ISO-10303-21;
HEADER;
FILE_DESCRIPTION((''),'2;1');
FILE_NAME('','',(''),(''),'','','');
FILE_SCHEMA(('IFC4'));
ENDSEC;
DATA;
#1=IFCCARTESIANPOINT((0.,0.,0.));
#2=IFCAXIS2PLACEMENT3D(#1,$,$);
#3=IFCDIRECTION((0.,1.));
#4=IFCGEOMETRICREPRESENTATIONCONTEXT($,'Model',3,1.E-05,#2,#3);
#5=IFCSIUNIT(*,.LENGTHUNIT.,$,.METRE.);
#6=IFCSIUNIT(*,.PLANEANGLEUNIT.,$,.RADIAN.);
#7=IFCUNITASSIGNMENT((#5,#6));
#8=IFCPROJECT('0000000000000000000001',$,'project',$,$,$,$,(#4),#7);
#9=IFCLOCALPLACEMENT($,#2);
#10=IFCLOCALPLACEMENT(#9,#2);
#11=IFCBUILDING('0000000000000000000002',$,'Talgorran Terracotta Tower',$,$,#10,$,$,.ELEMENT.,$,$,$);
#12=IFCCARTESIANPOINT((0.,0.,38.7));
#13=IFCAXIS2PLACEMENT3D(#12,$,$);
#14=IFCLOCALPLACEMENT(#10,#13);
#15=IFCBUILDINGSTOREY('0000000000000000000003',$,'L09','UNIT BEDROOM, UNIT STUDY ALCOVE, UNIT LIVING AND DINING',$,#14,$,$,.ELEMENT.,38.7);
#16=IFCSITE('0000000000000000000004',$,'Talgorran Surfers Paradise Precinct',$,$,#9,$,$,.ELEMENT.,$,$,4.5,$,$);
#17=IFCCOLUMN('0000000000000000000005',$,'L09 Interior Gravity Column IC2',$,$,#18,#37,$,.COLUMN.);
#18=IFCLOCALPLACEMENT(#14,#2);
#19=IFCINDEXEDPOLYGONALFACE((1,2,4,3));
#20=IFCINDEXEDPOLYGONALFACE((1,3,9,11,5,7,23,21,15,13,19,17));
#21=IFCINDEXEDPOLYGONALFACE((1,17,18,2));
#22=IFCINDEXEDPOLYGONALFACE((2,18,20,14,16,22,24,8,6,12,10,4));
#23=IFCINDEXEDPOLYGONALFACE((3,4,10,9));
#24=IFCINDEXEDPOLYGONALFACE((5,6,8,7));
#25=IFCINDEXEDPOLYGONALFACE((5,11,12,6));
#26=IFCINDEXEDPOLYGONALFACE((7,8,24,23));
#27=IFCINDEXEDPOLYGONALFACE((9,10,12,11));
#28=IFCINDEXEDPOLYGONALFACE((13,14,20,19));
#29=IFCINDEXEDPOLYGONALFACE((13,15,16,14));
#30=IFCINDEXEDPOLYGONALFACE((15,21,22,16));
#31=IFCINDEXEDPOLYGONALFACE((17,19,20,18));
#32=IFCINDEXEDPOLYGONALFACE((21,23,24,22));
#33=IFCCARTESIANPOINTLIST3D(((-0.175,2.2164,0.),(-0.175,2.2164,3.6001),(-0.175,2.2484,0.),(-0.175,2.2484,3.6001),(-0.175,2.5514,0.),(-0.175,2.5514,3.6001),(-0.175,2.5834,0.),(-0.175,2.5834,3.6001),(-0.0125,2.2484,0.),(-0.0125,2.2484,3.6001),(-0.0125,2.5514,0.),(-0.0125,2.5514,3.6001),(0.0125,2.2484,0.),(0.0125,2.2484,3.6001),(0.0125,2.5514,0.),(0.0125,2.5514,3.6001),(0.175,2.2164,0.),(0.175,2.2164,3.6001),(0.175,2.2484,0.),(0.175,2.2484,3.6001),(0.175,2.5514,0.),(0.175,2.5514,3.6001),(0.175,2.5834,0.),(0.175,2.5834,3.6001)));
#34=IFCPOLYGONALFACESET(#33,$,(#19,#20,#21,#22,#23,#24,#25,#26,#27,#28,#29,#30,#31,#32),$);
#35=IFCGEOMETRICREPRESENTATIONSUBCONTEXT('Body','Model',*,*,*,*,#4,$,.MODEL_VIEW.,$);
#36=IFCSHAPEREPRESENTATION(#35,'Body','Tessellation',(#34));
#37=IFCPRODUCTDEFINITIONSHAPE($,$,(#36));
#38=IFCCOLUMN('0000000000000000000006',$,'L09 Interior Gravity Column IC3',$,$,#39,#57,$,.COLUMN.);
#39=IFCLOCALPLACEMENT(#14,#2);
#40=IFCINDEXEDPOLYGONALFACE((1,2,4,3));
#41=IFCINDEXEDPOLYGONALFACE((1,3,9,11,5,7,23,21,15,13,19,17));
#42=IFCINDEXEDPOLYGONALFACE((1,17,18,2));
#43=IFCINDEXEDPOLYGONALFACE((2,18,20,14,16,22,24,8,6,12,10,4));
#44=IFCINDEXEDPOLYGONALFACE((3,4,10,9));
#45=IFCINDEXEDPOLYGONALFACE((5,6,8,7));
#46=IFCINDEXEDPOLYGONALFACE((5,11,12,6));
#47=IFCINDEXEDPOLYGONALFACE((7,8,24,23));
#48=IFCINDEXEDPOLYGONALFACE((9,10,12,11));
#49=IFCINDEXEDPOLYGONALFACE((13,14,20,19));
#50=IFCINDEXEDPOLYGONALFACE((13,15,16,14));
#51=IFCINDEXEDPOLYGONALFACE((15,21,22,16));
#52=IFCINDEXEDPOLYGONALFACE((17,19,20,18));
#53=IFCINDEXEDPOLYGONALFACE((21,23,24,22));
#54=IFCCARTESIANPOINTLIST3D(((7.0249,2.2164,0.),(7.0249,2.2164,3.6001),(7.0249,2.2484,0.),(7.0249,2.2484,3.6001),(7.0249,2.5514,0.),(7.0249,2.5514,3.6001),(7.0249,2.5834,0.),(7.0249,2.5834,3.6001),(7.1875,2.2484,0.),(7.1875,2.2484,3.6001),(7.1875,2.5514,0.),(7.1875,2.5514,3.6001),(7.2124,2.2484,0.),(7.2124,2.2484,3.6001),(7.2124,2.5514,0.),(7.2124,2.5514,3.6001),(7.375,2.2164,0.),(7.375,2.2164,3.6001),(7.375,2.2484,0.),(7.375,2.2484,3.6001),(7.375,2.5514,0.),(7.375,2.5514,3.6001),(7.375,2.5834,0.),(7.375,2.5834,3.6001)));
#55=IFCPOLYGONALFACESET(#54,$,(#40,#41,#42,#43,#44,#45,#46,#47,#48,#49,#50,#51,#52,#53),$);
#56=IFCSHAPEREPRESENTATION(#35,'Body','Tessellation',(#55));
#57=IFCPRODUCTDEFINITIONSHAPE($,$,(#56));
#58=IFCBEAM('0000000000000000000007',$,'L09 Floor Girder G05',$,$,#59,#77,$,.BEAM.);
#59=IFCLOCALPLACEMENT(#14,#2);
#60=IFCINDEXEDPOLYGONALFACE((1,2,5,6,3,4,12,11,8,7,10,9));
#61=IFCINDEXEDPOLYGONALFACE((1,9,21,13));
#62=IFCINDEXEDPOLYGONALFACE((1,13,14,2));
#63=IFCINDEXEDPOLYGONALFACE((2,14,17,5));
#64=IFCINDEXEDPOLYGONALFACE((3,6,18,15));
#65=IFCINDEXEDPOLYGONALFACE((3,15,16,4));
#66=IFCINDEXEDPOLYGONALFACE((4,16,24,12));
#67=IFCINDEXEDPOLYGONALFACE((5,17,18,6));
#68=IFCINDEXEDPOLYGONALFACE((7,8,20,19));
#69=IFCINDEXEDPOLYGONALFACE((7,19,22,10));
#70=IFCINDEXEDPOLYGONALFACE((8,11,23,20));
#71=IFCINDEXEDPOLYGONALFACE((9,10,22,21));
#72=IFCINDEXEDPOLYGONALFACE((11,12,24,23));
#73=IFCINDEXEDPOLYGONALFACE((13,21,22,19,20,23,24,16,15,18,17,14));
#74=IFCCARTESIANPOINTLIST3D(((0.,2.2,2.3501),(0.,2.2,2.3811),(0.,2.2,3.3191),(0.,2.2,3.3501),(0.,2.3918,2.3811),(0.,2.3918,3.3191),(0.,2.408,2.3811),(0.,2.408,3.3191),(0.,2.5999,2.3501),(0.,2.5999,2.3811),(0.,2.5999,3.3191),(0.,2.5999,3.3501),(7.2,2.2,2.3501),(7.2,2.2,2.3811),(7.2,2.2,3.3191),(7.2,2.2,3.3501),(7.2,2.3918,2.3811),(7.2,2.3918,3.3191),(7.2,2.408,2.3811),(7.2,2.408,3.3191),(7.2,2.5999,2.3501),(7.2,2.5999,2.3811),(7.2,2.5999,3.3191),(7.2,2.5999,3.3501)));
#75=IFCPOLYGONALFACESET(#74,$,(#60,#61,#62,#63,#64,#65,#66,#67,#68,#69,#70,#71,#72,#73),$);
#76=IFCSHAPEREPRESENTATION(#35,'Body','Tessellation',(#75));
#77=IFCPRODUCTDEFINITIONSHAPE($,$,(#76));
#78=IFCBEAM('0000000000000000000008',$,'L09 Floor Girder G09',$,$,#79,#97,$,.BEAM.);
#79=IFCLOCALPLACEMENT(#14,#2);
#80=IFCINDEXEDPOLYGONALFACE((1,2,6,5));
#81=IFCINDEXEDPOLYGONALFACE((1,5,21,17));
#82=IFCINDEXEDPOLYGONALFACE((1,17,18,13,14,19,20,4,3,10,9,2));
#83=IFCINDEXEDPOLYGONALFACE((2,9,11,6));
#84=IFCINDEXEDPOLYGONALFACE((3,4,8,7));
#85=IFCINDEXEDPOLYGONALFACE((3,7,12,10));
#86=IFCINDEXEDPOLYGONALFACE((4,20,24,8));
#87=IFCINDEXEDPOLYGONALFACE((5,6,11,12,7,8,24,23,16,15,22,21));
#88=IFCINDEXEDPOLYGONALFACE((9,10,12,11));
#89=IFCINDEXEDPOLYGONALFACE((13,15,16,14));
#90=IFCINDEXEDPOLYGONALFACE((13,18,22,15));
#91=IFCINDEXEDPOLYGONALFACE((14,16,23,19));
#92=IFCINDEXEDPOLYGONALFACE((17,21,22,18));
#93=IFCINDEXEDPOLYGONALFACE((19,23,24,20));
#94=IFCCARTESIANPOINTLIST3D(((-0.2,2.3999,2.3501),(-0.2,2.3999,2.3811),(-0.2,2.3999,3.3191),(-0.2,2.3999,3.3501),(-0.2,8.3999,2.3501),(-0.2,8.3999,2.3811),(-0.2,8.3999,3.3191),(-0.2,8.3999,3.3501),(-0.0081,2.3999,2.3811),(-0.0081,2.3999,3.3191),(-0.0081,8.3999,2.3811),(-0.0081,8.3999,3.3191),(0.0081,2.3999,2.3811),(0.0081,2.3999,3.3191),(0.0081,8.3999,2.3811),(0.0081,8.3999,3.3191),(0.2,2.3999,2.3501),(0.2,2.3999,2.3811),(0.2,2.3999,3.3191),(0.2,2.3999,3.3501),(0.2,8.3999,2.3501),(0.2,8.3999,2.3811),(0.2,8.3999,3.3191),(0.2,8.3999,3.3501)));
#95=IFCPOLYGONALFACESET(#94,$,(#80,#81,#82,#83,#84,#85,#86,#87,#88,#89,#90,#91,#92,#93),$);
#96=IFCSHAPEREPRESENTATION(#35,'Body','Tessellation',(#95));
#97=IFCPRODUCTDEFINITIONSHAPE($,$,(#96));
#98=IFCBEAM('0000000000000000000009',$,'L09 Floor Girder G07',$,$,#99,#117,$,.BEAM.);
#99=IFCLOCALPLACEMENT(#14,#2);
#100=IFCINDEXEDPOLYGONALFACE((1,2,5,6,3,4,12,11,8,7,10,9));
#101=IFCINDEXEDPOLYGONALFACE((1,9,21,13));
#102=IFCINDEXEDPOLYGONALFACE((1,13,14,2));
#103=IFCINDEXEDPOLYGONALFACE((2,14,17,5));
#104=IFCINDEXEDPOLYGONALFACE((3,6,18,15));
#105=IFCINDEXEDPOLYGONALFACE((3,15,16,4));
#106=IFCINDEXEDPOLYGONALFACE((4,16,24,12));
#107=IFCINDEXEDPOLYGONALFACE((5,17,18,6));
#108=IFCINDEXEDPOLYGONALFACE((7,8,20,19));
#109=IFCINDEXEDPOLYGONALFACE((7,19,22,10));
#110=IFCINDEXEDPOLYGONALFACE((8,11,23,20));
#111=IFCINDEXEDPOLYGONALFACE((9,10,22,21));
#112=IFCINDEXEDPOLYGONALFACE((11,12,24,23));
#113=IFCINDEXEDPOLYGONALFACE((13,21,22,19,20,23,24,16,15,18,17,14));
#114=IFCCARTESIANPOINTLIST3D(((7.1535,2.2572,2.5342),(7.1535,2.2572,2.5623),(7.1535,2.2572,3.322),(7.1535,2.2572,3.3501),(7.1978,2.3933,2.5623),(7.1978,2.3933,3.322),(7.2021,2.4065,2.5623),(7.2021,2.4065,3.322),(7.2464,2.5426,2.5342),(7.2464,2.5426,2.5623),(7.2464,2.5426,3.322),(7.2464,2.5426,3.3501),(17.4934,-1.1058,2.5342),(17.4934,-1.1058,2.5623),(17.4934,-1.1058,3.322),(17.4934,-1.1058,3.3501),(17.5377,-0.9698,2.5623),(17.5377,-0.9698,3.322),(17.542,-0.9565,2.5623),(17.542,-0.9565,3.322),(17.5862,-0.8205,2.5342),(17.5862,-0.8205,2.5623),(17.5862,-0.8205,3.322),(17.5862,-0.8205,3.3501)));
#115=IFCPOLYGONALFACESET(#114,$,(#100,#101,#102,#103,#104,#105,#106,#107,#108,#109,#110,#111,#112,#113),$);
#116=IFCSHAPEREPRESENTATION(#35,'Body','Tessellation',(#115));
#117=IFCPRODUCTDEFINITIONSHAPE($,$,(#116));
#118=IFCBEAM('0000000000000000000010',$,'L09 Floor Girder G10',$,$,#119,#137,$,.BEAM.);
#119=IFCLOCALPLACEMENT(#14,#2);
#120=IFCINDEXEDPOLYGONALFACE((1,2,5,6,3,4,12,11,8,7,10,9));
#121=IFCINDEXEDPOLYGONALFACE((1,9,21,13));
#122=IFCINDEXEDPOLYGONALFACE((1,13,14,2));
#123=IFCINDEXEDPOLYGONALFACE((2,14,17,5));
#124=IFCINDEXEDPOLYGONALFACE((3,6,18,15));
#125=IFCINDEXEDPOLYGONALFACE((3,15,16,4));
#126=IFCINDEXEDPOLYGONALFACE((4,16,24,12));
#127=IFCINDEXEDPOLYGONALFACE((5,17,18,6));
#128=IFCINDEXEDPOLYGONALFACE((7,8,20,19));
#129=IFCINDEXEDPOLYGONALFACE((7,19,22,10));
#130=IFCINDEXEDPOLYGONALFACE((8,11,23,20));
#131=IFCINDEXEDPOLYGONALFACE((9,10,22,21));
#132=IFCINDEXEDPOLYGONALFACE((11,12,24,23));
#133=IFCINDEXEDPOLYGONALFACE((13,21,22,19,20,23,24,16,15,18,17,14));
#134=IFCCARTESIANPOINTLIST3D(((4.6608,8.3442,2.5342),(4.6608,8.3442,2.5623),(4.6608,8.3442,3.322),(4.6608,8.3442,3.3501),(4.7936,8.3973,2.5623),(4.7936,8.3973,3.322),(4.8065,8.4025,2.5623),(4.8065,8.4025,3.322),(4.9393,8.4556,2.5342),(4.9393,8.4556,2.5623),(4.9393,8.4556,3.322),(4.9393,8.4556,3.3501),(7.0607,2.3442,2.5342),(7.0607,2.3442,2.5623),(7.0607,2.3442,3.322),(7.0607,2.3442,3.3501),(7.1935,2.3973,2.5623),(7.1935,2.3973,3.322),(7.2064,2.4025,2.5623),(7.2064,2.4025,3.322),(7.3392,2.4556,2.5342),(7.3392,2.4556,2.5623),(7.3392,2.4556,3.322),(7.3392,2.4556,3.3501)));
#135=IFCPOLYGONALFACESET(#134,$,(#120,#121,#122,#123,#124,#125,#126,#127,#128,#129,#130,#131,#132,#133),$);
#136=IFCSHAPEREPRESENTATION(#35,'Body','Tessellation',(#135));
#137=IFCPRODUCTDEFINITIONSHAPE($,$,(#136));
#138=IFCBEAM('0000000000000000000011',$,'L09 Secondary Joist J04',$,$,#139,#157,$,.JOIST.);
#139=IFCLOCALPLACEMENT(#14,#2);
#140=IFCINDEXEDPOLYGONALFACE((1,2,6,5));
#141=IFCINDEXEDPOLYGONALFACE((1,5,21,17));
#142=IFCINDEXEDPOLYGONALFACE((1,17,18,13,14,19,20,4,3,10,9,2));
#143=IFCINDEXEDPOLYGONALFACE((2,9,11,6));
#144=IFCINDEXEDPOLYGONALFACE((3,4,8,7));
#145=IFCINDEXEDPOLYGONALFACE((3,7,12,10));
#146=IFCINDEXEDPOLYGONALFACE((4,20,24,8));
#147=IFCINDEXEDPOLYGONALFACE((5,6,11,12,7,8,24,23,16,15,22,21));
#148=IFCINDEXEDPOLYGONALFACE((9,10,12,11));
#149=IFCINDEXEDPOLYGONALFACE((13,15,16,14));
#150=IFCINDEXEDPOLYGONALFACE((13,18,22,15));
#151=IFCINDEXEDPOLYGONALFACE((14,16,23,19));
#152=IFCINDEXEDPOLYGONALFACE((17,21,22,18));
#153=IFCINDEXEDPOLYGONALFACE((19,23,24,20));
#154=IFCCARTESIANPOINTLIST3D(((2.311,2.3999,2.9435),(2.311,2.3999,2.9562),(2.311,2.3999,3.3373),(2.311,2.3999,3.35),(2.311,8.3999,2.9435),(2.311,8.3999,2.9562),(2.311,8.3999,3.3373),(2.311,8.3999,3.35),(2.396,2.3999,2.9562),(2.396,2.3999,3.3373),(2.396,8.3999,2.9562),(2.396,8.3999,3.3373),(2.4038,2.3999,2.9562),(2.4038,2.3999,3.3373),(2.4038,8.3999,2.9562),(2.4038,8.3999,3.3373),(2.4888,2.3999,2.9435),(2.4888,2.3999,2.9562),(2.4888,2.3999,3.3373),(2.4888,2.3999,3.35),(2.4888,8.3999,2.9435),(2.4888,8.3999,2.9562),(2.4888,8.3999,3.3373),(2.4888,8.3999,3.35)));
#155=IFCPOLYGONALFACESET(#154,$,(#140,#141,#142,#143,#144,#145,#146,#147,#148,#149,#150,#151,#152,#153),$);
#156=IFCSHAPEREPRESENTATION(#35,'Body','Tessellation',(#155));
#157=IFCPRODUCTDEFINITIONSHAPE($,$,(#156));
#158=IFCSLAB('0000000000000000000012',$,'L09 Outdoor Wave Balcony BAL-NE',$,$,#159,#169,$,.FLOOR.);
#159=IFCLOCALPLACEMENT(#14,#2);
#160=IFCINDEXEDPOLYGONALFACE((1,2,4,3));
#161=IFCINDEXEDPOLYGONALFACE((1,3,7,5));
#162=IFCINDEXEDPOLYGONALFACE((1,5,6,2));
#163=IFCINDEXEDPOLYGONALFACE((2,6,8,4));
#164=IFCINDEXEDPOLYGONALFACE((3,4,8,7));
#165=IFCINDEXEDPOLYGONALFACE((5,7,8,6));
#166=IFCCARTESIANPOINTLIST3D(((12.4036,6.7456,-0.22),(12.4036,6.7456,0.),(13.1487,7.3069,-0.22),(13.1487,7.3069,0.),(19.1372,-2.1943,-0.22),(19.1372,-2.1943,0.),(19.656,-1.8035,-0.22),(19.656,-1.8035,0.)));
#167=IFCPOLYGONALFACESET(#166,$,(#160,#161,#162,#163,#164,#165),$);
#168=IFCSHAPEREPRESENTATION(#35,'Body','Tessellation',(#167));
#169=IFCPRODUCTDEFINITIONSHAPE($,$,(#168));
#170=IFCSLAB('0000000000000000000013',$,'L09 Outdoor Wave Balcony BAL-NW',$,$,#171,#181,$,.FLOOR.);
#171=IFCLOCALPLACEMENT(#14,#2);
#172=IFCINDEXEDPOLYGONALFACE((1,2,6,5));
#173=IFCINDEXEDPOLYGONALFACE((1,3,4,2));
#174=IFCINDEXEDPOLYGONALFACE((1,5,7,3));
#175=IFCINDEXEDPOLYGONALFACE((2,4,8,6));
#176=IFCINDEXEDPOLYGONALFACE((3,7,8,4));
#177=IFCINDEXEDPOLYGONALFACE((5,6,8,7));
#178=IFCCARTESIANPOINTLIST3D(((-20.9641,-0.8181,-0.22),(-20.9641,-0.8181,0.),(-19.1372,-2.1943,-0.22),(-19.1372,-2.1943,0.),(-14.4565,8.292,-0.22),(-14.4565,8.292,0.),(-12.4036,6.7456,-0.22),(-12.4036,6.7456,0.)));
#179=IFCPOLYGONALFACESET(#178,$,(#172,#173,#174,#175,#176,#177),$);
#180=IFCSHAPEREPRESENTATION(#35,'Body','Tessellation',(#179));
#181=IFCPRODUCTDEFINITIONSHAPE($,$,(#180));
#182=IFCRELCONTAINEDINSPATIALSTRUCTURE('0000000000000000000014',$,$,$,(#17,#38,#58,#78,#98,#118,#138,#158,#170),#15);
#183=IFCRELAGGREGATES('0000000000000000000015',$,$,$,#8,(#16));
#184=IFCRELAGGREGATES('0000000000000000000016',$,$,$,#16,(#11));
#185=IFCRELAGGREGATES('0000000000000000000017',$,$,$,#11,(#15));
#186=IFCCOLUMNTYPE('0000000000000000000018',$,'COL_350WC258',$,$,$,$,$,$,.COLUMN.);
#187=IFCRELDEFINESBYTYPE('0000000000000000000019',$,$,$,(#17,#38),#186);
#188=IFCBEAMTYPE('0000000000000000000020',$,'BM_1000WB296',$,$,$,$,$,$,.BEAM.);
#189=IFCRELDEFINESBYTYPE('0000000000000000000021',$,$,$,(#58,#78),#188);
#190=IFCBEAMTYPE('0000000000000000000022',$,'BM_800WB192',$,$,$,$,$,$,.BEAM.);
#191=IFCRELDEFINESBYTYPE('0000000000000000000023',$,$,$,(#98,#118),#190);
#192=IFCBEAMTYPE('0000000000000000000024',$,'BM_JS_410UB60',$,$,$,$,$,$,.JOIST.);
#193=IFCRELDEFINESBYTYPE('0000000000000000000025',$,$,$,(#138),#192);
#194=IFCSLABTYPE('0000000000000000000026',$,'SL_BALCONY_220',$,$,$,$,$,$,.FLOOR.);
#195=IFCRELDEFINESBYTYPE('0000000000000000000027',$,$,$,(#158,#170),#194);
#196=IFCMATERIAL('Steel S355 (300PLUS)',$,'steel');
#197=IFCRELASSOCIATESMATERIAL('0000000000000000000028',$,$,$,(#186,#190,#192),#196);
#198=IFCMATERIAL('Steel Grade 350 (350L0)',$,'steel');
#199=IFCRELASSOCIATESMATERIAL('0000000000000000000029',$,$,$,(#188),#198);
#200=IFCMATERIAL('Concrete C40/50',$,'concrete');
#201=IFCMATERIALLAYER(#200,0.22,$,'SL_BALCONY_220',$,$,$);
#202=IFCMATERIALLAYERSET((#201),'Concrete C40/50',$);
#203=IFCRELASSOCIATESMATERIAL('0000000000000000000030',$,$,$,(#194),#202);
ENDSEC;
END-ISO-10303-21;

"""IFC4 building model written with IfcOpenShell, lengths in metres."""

from ifc_helpers import new_model, si_unit, direction, frame, origin, origin_2d, place, context, subcontext, project, spatial, polyline, i_section, outline, extrude, material, layer, layer_set, material_profile, profile_set, type_object, element, save


model = new_model("IFC4")

# Units and contexts
model_context = context("Model", 3, precision=1e-05, world=origin(), true_north=direction((0.0, 1.0)))
body_context = subcontext(model_context, "Body", "Model", "MODEL_VIEW")
ifc_project = project(units=[si_unit("LENGTHUNIT", "METRE"), si_unit("PLANEANGLEUNIT", "RADIAN")], contexts=[model_context])

# Site, building, storey
site_placement = place(None, origin())
site = spatial("IfcSite", under=ifc_project, at=site_placement, Name="Talgorran Surfers Paradise Precinct", CompositionType="ELEMENT", RefElevation=4.5)
building_placement = place(site_placement, origin())
building = spatial("IfcBuilding", under=site, at=building_placement, Name="Talgorran Terracotta Tower", CompositionType="ELEMENT")
storey_placement = place(building_placement, frame((0.0, 0.0, 38.7)))
storey = spatial("IfcBuildingStorey", under=building, at=storey_placement, Name="L09", Description="UNIT BEDROOM, UNIT STUDY ALCOVE, UNIT LIVING AND DINING", CompositionType="ELEMENT", Elevation=38.7)

# Columns
ifc_material_1 = material(Name="Steel S355 (300PLUS)", Category="steel")
ifc_material_profile_1 = material_profile(ifc_material_1, i_section(OverallWidth=0.3501, OverallDepth=0.3669, WebThickness=0.0249, FlangeThickness=0.032, at=origin_2d()), Name="350WC258")
ifc_profile_set_1 = profile_set([ifc_material_profile_1], Name="Steel S355 (300PLUS)")
column_type = type_object("IfcColumnType", Name="COL_350WC258", PredefinedType="COLUMN", material=ifc_profile_set_1)
for number, where, z_axis, x_axis, name in (
    (1, (0.0, 2.3999, 0.0), (0.0, 0.0, 1.0), (1.0, 0.0, 0.0), "L09 Interior Gravity Column IC2"),
    (2, (7.2, 2.3999, 0.0), (0.0, 0.0, 1.0), (1.0, 0.0, 0.0), "L09 Interior Gravity Column IC3"),
):
    element("IfcColumn", number, at=place(storey_placement, frame(where, z_axis=z_axis, x_axis=x_axis)), inside=storey, type_object=column_type, Name=name, PredefinedType="COLUMN", context=body_context, shape_type="SweptSolid", body=[
        extrude(i_section(OverallWidth=0.3501, OverallDepth=0.3669, WebThickness=0.0249, FlangeThickness=0.032, at=origin_2d()), origin(), (0.0, 0.0, 1.0), 3.6001),
    ])

# Beams
ifc_material_2 = material(Name="Steel Grade 350 (350L0)", Category="steel")
ifc_material_profile_2 = material_profile(ifc_material_2, i_section(OverallWidth=0.3999, OverallDepth=1.0, WebThickness=0.0161, FlangeThickness=0.031, at=origin_2d()), Name="1000WB296")
ifc_profile_set_2 = profile_set([ifc_material_profile_2], Name="Steel Grade 350 (350L0)")
beam_type_1 = type_object("IfcBeamType", Name="BM_1000WB296", PredefinedType="BEAM", material=ifc_profile_set_2)
beam_1_placement = place(storey_placement, frame((0.0, 2.3999, 2.8501), z_axis=(1.0, 0.0, 0.0), x_axis=(0.0, 1.0, 0.0)))
element("IfcBeam", 3, at=beam_1_placement, inside=storey, type_object=beam_type_1, Name="L09 Floor Girder G05", PredefinedType="BEAM", context=body_context, shape_type="SweptSolid", body=[
    extrude(i_section(OverallWidth=0.3999, OverallDepth=1.0, WebThickness=0.0161, FlangeThickness=0.031, at=origin_2d()), origin(), (0.0, 0.0, 1.0), 7.2),
])
beam_2_placement = place(storey_placement, frame((0.0, 2.3999, 2.8501), z_axis=(0.0, 1.0, 0.0), x_axis=(-1.0, 0.0, 0.0)))
element("IfcBeam", 4, at=beam_2_placement, inside=storey, type_object=beam_type_1, Name="L09 Floor Girder G09", PredefinedType="BEAM", context=body_context, shape_type="SweptSolid", body=[
    extrude(i_section(OverallWidth=0.3999, OverallDepth=1.0, WebThickness=0.0161, FlangeThickness=0.031, at=origin_2d()), origin(), (0.0, 0.0, 1.0), 6.0),
])
ifc_material_profile_3 = material_profile(ifc_material_1, i_section(OverallWidth=0.3, OverallDepth=0.8159, WebThickness=0.0139, FlangeThickness=0.0281, at=origin_2d()), Name="800WB192")
ifc_profile_set_3 = profile_set([ifc_material_profile_3], Name="Steel S355 (300PLUS)")
beam_type_2 = type_object("IfcBeamType", Name="BM_800WB192", PredefinedType="BEAM", material=ifc_profile_set_3)
beam_3_placement = place(storey_placement, frame((7.2, 2.3999, 2.9421), z_axis=(0.950964, -0.309301, 0.0), x_axis=(0.309301, 0.950964, 0.0)))
element("IfcBeam", 5, at=beam_3_placement, inside=storey, type_object=beam_type_2, Name="L09 Floor Girder G07", PredefinedType="BEAM", context=body_context, shape_type="SweptSolid", body=[
    extrude(i_section(OverallWidth=0.3, OverallDepth=0.8159, WebThickness=0.0139, FlangeThickness=0.0281, at=origin_2d()), origin(), (0.0, 0.0, 1.0), 10.873),
])
beam_4_placement = place(storey_placement, frame((7.2, 2.3999, 2.9421), z_axis=(-0.371378, 0.928482, 0.0), x_axis=(-0.928482, -0.371378, 0.0)))
element("IfcBeam", 6, at=beam_4_placement, inside=storey, type_object=beam_type_2, Name="L09 Floor Girder G10", PredefinedType="BEAM", context=body_context, shape_type="SweptSolid", body=[
    extrude(i_section(OverallWidth=0.3, OverallDepth=0.8159, WebThickness=0.0139, FlangeThickness=0.0281, at=origin_2d()), origin(), (0.0, 0.0, 1.0), 6.4622),
])
ifc_material_profile_4 = material_profile(ifc_material_1, i_section(OverallWidth=0.1777, OverallDepth=0.4065, WebThickness=0.0078, FlangeThickness=0.0127, at=origin_2d()), Name="410UB59.7")
ifc_profile_set_4 = profile_set([ifc_material_profile_4], Name="Steel S355 (300PLUS)")
beam_type_3 = type_object("IfcBeamType", Name="BM_JS_410UB60", PredefinedType="JOIST", material=ifc_profile_set_4)
beam_5_placement = place(storey_placement, frame((2.3999, 2.3999, 3.1467), z_axis=(0.0, 1.0, 0.0), x_axis=(-1.0, 0.0, 0.0)))
element("IfcBeam", 7, at=beam_5_placement, inside=storey, type_object=beam_type_3, Name="L09 Secondary Joist J04", PredefinedType="JOIST", context=body_context, shape_type="SweptSolid", body=[
    extrude(i_section(OverallWidth=0.1777, OverallDepth=0.4065, WebThickness=0.0078, FlangeThickness=0.0127, at=origin_2d()), origin(), (0.0, 0.0, 1.0), 6.0),
])

# Slabs
ifc_material_3 = material(Name="Concrete C40/50", Category="concrete")
ifc_layer_1 = layer(ifc_material_3, 0.22, Name="SL_BALCONY_220")
ifc_layer_set_1 = layer_set([ifc_layer_1], Name="Concrete C40/50")
slab_type_1 = type_object("IfcSlabType", Name="SL_BALCONY_220", PredefinedType="FLOOR", material=ifc_layer_set_1)
slab_1_placement = place(storey_placement, frame((0.0, 0.0, -0.22)))
element("IfcSlab", 8, at=slab_1_placement, inside=storey, type_object=slab_type_1, Name="L09 Outdoor Wave Balcony BAL-NE", PredefinedType="FLOOR", context=body_context, shape_type="SweptSolid", body=[
    extrude(outline(polyline([(12.4036, 6.7456), (19.1372, -2.1943), (19.656, -1.8035), (13.1487, 7.3069), (12.4036, 6.7456)])), origin(), (0.0, 0.0, 1.0), 0.22),
])
slab_2_placement = place(storey_placement, frame((0.0, 0.0, -0.22)))
element("IfcSlab", 9, at=slab_2_placement, inside=storey, type_object=slab_type_1, Name="L09 Outdoor Wave Balcony BAL-NW", PredefinedType="FLOOR", context=body_context, shape_type="SweptSolid", body=[
    extrude(outline(polyline([(-19.1372, -2.1943), (-12.4036, 6.7456), (-14.4565, 8.292), (-20.9641, -0.8181), (-19.1372, -2.1943)])), origin(), (0.0, 0.0, 1.0), 0.22),
])

save(model, "model.ifc")
